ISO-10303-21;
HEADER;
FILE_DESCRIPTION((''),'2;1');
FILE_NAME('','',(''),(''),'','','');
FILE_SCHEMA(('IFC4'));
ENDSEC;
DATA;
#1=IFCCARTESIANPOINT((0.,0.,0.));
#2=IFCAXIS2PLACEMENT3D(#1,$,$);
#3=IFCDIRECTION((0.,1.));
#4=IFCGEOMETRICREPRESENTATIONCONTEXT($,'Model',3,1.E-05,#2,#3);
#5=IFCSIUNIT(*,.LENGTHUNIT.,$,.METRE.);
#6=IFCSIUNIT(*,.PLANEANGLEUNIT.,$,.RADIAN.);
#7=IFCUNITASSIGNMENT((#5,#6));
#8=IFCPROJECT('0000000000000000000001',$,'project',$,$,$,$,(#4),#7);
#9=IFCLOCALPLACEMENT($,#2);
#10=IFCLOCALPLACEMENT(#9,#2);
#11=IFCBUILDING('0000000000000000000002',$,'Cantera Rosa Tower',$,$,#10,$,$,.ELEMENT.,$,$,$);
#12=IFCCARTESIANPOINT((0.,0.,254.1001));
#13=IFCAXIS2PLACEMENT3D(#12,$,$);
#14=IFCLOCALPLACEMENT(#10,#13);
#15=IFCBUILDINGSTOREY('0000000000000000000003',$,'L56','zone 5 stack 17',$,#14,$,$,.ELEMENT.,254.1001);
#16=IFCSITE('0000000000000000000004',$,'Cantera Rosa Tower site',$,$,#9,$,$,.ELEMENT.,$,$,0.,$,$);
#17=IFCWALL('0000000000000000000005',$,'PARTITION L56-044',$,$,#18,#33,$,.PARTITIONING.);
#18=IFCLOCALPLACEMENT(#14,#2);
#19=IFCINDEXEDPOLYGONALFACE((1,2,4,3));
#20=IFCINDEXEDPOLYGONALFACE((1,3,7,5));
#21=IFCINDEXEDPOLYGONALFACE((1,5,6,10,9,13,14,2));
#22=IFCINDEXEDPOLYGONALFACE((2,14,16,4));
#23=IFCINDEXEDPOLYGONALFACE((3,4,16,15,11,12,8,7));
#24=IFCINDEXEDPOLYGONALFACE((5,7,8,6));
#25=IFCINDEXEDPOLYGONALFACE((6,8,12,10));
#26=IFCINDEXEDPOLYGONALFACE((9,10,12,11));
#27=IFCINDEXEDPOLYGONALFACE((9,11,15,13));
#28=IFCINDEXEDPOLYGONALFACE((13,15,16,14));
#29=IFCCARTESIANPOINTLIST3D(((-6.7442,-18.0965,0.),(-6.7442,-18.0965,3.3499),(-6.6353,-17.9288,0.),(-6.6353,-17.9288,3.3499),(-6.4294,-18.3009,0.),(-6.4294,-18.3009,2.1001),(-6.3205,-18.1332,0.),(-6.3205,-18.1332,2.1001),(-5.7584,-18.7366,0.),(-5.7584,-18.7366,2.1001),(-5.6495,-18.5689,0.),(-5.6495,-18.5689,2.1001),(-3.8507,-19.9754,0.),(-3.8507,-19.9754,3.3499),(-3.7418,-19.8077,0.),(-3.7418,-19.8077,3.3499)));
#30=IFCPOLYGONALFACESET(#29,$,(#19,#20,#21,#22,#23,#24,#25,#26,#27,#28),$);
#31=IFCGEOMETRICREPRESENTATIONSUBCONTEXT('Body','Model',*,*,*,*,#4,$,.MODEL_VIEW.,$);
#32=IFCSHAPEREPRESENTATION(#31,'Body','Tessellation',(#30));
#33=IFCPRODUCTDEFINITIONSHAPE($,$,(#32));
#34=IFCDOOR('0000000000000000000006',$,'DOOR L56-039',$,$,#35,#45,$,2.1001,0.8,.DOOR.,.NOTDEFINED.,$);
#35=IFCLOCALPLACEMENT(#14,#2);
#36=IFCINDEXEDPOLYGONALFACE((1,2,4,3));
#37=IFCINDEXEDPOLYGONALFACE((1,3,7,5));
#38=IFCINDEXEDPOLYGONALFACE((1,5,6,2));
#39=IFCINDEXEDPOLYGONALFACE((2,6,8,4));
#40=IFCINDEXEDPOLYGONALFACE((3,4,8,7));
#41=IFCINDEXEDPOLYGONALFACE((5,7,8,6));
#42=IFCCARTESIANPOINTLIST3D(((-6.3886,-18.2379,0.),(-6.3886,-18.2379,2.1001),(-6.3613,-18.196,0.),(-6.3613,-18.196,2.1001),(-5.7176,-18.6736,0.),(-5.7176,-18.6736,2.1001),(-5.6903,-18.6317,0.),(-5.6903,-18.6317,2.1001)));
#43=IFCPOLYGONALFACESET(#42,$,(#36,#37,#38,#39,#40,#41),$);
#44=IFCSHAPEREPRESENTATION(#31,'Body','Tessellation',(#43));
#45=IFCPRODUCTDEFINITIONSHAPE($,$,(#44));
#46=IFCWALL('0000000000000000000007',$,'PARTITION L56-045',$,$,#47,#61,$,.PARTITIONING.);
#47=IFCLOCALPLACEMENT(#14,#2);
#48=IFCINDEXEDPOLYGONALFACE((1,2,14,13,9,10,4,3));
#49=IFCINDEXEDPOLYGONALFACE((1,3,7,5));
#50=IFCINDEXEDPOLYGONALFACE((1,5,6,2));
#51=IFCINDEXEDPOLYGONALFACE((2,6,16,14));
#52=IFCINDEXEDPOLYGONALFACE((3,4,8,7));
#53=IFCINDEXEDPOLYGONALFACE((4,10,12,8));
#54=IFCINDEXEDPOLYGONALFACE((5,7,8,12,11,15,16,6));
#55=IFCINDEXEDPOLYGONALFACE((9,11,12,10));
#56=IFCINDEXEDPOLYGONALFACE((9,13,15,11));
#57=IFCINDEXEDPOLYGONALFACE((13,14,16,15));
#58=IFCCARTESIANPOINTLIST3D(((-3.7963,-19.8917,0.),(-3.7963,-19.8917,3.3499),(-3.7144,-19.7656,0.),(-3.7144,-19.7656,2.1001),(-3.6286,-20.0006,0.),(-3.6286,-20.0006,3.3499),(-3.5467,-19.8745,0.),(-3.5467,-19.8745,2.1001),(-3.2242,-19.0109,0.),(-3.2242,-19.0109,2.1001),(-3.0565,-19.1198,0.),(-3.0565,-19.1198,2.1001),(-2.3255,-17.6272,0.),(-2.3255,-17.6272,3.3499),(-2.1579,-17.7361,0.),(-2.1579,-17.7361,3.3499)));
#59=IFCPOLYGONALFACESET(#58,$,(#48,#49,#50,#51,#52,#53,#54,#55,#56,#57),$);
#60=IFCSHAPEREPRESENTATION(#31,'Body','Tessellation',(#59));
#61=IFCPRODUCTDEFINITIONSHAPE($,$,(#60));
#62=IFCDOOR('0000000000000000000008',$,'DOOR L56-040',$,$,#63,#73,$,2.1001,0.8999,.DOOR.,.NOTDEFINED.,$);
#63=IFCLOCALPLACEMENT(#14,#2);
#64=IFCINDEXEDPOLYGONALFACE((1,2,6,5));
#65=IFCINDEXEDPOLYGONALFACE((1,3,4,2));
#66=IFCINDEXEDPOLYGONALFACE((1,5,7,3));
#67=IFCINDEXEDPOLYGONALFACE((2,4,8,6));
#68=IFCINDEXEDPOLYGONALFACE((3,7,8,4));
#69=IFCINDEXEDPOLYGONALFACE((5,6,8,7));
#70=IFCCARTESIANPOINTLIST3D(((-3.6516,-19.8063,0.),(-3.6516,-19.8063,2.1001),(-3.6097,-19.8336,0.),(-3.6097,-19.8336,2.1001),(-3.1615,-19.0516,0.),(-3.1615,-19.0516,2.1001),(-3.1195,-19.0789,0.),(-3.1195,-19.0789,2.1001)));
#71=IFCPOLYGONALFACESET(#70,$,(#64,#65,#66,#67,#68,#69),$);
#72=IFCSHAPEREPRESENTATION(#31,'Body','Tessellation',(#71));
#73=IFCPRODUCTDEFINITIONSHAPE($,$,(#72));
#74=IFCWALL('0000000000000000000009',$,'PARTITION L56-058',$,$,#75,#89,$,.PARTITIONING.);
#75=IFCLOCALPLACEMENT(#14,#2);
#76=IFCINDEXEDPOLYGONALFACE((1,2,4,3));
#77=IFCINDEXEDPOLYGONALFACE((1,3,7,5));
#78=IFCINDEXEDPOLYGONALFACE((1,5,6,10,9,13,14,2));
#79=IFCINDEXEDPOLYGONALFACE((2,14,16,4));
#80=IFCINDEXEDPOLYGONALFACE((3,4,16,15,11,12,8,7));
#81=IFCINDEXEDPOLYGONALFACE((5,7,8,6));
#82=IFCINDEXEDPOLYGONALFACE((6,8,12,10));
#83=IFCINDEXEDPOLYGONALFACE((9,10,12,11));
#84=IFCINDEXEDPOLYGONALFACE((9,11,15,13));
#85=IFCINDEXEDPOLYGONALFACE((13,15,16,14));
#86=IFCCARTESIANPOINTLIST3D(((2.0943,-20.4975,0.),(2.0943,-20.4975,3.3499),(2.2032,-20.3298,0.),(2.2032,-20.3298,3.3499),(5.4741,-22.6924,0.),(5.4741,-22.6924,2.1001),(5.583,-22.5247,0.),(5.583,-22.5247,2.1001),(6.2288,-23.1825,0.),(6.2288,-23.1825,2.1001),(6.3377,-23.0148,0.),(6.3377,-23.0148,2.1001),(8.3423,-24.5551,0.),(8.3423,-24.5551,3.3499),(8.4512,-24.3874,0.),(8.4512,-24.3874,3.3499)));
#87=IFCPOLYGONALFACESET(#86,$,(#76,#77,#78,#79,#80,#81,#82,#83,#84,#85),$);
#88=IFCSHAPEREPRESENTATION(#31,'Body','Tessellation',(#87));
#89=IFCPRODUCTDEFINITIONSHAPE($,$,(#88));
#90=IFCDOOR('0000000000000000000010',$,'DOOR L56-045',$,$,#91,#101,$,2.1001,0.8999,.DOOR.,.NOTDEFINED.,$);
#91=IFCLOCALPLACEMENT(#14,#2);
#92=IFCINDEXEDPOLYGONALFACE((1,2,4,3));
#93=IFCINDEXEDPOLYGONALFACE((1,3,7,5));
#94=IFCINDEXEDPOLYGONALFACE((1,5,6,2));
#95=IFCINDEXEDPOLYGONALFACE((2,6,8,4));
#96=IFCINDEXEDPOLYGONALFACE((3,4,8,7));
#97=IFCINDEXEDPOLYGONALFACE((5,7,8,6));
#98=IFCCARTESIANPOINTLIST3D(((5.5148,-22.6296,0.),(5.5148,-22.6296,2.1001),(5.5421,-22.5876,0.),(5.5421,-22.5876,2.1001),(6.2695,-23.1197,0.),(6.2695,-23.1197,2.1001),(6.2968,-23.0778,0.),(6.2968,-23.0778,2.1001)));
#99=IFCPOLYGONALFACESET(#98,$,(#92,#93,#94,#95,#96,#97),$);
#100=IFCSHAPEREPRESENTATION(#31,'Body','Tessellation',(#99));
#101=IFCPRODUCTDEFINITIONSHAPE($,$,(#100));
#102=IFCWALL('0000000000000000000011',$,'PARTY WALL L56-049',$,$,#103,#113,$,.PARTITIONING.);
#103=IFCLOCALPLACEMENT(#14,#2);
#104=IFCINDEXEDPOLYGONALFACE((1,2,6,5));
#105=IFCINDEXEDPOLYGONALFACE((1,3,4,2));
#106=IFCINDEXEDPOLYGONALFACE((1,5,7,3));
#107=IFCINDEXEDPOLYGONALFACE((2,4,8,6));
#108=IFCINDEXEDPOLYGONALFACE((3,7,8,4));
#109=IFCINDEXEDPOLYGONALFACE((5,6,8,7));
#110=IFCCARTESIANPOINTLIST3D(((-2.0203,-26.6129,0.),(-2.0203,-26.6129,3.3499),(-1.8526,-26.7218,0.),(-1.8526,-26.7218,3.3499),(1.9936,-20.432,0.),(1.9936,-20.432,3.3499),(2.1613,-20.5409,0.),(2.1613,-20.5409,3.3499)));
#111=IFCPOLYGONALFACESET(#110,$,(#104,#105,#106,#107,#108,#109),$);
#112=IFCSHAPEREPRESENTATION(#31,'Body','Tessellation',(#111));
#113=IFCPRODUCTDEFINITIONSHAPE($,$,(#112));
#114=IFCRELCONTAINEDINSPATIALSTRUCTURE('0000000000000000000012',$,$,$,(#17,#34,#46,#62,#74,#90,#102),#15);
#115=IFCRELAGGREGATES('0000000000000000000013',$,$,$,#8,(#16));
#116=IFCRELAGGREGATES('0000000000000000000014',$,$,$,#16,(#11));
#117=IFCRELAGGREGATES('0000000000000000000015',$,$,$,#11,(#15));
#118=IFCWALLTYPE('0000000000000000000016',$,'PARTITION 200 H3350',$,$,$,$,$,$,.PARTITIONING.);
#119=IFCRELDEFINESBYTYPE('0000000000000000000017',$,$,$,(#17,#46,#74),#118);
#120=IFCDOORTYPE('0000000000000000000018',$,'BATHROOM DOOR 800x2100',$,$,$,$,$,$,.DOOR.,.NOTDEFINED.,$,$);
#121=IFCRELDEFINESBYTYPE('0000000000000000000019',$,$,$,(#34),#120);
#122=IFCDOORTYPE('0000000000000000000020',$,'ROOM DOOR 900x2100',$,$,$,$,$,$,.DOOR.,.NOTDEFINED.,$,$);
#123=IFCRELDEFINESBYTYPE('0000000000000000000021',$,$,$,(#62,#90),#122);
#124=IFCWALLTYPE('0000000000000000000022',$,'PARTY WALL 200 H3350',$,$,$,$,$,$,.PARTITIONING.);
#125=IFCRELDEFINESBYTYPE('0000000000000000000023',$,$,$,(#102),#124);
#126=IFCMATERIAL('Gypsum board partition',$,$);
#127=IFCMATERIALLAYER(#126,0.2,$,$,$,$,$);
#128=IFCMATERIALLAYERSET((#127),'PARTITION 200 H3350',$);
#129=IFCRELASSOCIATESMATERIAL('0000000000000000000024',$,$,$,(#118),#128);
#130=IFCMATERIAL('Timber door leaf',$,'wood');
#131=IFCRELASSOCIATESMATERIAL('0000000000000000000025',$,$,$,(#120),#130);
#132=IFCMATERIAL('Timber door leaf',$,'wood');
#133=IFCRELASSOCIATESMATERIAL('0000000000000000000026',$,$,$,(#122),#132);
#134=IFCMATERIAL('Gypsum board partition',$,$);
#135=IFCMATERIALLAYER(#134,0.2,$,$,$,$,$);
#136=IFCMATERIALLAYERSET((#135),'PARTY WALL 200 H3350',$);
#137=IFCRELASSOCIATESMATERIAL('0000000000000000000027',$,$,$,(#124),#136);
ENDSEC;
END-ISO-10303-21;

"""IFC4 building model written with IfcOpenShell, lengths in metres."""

from ifc_helpers import new_model, si_unit, direction, frame, frame_2d, origin, place, context, subcontext, project, spatial, rectangle, extrude, material, layer, layer_set, type_object, element, fill, save


model = new_model("IFC4")

# Units and contexts
model_context = context("Model", 3, precision=1e-05, world=origin(), true_north=direction((0.0, 1.0)))
body_context = subcontext(model_context, "Body", "Model", "MODEL_VIEW")
ifc_project = project(units=[si_unit("LENGTHUNIT", "METRE"), si_unit("PLANEANGLEUNIT", "RADIAN")], contexts=[model_context])

# Site, building, storey
site_placement = place(None, origin())
site = spatial("IfcSite", under=ifc_project, at=site_placement, Name="Cantera Rosa Tower site", CompositionType="ELEMENT", RefElevation=0.0)
building_placement = place(site_placement, origin())
building = spatial("IfcBuilding", under=site, at=building_placement, Name="Cantera Rosa Tower", CompositionType="ELEMENT")
storey_placement = place(building_placement, frame((0.0, 0.0, 254.1001)))
storey = spatial("IfcBuildingStorey", under=building, at=storey_placement, Name="L56", Description="zone 5 stack 17", CompositionType="ELEMENT", Elevation=254.1001)

# Shared definitions
ifc_material_1 = material(Name="Gypsum board partition")
ifc_layer_1 = layer(ifc_material_1, 0.2)
ifc_layer_set_1 = layer_set([ifc_layer_1], Name="PARTITION 200 H3350")
wall_type_1 = type_object("IfcWallType", Name="PARTITION 200 H3350", PredefinedType="PARTITIONING", material=ifc_layer_set_1)

# Walls, openings, doors
wall_1_placement = place(storey_placement, frame((-3.7961, -19.8916, 0.0), z_axis=(0.0, 0.0, 1.0), x_axis=(-0.838696, 0.5446, 0.0)))
wall_1 = element("IfcWall", 1, at=wall_1_placement, inside=storey, type_object=wall_type_1, Name="PARTITION L56-044", PredefinedType="PARTITIONING", context=body_context, shape_type="SweptSolid", body=[
    extrude(rectangle(XDim=3.45, YDim=0.2, at=frame_2d((1.7251, 0.0))), origin(), (0.0, 0.0, 1.0), 3.3499),
])
opening_1_placement = place(wall_1_placement, frame((2.2749, 0.0, 0.0)))
opening_1 = element("IfcOpeningElement", 2, at=opening_1_placement, cuts=wall_1, PredefinedType="OPENING", context=body_context, shape_type="SweptSolid", body=[
    extrude(rectangle(XDim=0.8, YDim=2.1001, at=frame_2d((0.3999, 1.05))), frame((0.0, 0.1099, 0.0), z_axis=(0.0, -1.0, 0.0), x_axis=(1.0, 0.0, 0.0)), (0.0, 0.0, 1.0), 0.22),
])
ifc_material_2 = material(Name="Timber door leaf", Category="wood")
door_type_1 = type_object("IfcDoorType", Name="BATHROOM DOOR 800x2100", OperationType="NOTDEFINED", PredefinedType="DOOR", material=ifc_material_2)
door_1_placement = place(opening_1_placement, origin())
door_1 = element("IfcDoor", 3, at=door_1_placement, inside=storey, type_object=door_type_1, Name="DOOR L56-039", OperationType="NOTDEFINED", OverallHeight=2.1001, OverallWidth=0.8, PredefinedType="DOOR", context=body_context, shape_type="SweptSolid", body=[
    extrude(rectangle(XDim=0.8, YDim=2.1001, at=frame_2d((0.3999, 1.05))), frame((0.0, 0.0249, 0.0), z_axis=(0.0, -1.0, 0.0), x_axis=(1.0, 0.0, 0.0)), (0.0, 0.0, 1.0), 0.05),
])
fill(opening_1, door_1)
wall_2_placement = place(storey_placement, frame((-2.2417, -17.6816, 0.0), z_axis=(0.0, 0.0, 1.0), x_axis=(-0.544686, -0.83864, 0.0)))
wall_2 = element("IfcWall", 4, at=wall_2_placement, inside=storey, type_object=wall_type_1, Name="PARTITION L56-045", PredefinedType="PARTITIONING", context=body_context, shape_type="SweptSolid", body=[
    extrude(rectangle(XDim=2.7002, YDim=0.2, at=frame_2d((1.3501, 0.0))), origin(), (0.0, 0.0, 1.0), 3.3499),
])
opening_2_placement = place(wall_2_placement, frame((1.6499, 0.0, 0.0)))
opening_2 = element("IfcOpeningElement", 5, at=opening_2_placement, cuts=wall_2, PredefinedType="OPENING", context=body_context, shape_type="SweptSolid", body=[
    extrude(rectangle(XDim=0.8999, YDim=2.1001, at=frame_2d((0.45, 1.05))), frame((0.0, 0.1099, 0.0), z_axis=(0.0, -1.0, 0.0), x_axis=(1.0, 0.0, 0.0)), (0.0, 0.0, 1.0), 0.22),
])
ifc_material_3 = material(Name="Timber door leaf", Category="wood")
door_type_2 = type_object("IfcDoorType", Name="ROOM DOOR 900x2100", OperationType="NOTDEFINED", PredefinedType="DOOR", material=ifc_material_3)
door_2_placement = place(opening_2_placement, origin())
door_2 = element("IfcDoor", 6, at=door_2_placement, inside=storey, type_object=door_type_2, Name="DOOR L56-040", OperationType="NOTDEFINED", OverallHeight=2.1001, OverallWidth=0.8999, PredefinedType="DOOR", context=body_context, shape_type="SweptSolid", body=[
    extrude(rectangle(XDim=0.8999, YDim=2.1001, at=frame_2d((0.45, 1.05))), frame((0.0, 0.0249, 0.0), z_axis=(0.0, -1.0, 0.0), x_axis=(1.0, 0.0, 0.0)), (0.0, 0.0, 1.0), 0.05),
])
fill(opening_2, door_2)
wall_3_placement = place(storey_placement, frame((2.1487, -20.4136, 0.0), z_axis=(0.0, 0.0, 1.0), x_axis=(0.838665, -0.544647, 0.0)))
wall_3 = element("IfcWall", 7, at=wall_3_placement, inside=storey, type_object=wall_type_1, Name="PARTITION L56-058", PredefinedType="PARTITIONING", context=body_context, shape_type="SweptSolid", body=[
    extrude(rectangle(XDim=7.45, YDim=0.2, at=frame_2d((3.7251, 0.0))), origin(), (0.0, 0.0, 1.0), 3.3499),
])
opening_3_placement = place(wall_3_placement, frame((4.03, 0.0, 0.0)))
opening_3 = element("IfcOpeningElement", 8, at=opening_3_placement, cuts=wall_3, PredefinedType="OPENING", context=body_context, shape_type="SweptSolid", body=[
    extrude(rectangle(XDim=0.8999, YDim=2.1001, at=frame_2d((0.45, 1.05))), frame((0.0, 0.1099, 0.0), z_axis=(0.0, -1.0, 0.0), x_axis=(1.0, 0.0, 0.0)), (0.0, 0.0, 1.0), 0.22),
])
door_3_placement = place(opening_3_placement, origin())
door_3 = element("IfcDoor", 9, at=door_3_placement, inside=storey, type_object=door_type_2, Name="DOOR L56-045", OperationType="NOTDEFINED", OverallHeight=2.1001, OverallWidth=0.8999, PredefinedType="DOOR", context=body_context, shape_type="SweptSolid", body=[
    extrude(rectangle(XDim=0.8999, YDim=2.1001, at=frame_2d((0.45, 1.05))), frame((0.0, 0.0249, 0.0), z_axis=(0.0, -1.0, 0.0), x_axis=(1.0, 0.0, 0.0)), (0.0, 0.0, 1.0), 0.05),
])
fill(opening_3, door_3)

# Wall
ifc_material_4 = material(Name="Gypsum board partition")
ifc_layer_2 = layer(ifc_material_4, 0.2)
ifc_layer_set_2 = layer_set([ifc_layer_2], Name="PARTY WALL 200 H3350")
wall_type_2 = type_object("IfcWallType", Name="PARTY WALL 200 H3350", PredefinedType="PARTITIONING", material=ifc_layer_set_2)
wall_4_placement = place(storey_placement, frame((-1.9365, -26.6675, 0.0), z_axis=(0.0, 0.0, 1.0), x_axis=(0.544638, 0.838671, 0.0)))
element("IfcWall", 10, at=wall_4_placement, inside=storey, type_object=wall_type_2, Name="PARTY WALL L56-049", PredefinedType="PARTITIONING", context=body_context, shape_type="SweptSolid", body=[
    extrude(rectangle(XDim=7.3699, YDim=0.2, at=frame_2d((3.6851, 0.0))), origin(), (0.0, 0.0, 1.0), 3.3499),
])

save(model, "model.ifc")
